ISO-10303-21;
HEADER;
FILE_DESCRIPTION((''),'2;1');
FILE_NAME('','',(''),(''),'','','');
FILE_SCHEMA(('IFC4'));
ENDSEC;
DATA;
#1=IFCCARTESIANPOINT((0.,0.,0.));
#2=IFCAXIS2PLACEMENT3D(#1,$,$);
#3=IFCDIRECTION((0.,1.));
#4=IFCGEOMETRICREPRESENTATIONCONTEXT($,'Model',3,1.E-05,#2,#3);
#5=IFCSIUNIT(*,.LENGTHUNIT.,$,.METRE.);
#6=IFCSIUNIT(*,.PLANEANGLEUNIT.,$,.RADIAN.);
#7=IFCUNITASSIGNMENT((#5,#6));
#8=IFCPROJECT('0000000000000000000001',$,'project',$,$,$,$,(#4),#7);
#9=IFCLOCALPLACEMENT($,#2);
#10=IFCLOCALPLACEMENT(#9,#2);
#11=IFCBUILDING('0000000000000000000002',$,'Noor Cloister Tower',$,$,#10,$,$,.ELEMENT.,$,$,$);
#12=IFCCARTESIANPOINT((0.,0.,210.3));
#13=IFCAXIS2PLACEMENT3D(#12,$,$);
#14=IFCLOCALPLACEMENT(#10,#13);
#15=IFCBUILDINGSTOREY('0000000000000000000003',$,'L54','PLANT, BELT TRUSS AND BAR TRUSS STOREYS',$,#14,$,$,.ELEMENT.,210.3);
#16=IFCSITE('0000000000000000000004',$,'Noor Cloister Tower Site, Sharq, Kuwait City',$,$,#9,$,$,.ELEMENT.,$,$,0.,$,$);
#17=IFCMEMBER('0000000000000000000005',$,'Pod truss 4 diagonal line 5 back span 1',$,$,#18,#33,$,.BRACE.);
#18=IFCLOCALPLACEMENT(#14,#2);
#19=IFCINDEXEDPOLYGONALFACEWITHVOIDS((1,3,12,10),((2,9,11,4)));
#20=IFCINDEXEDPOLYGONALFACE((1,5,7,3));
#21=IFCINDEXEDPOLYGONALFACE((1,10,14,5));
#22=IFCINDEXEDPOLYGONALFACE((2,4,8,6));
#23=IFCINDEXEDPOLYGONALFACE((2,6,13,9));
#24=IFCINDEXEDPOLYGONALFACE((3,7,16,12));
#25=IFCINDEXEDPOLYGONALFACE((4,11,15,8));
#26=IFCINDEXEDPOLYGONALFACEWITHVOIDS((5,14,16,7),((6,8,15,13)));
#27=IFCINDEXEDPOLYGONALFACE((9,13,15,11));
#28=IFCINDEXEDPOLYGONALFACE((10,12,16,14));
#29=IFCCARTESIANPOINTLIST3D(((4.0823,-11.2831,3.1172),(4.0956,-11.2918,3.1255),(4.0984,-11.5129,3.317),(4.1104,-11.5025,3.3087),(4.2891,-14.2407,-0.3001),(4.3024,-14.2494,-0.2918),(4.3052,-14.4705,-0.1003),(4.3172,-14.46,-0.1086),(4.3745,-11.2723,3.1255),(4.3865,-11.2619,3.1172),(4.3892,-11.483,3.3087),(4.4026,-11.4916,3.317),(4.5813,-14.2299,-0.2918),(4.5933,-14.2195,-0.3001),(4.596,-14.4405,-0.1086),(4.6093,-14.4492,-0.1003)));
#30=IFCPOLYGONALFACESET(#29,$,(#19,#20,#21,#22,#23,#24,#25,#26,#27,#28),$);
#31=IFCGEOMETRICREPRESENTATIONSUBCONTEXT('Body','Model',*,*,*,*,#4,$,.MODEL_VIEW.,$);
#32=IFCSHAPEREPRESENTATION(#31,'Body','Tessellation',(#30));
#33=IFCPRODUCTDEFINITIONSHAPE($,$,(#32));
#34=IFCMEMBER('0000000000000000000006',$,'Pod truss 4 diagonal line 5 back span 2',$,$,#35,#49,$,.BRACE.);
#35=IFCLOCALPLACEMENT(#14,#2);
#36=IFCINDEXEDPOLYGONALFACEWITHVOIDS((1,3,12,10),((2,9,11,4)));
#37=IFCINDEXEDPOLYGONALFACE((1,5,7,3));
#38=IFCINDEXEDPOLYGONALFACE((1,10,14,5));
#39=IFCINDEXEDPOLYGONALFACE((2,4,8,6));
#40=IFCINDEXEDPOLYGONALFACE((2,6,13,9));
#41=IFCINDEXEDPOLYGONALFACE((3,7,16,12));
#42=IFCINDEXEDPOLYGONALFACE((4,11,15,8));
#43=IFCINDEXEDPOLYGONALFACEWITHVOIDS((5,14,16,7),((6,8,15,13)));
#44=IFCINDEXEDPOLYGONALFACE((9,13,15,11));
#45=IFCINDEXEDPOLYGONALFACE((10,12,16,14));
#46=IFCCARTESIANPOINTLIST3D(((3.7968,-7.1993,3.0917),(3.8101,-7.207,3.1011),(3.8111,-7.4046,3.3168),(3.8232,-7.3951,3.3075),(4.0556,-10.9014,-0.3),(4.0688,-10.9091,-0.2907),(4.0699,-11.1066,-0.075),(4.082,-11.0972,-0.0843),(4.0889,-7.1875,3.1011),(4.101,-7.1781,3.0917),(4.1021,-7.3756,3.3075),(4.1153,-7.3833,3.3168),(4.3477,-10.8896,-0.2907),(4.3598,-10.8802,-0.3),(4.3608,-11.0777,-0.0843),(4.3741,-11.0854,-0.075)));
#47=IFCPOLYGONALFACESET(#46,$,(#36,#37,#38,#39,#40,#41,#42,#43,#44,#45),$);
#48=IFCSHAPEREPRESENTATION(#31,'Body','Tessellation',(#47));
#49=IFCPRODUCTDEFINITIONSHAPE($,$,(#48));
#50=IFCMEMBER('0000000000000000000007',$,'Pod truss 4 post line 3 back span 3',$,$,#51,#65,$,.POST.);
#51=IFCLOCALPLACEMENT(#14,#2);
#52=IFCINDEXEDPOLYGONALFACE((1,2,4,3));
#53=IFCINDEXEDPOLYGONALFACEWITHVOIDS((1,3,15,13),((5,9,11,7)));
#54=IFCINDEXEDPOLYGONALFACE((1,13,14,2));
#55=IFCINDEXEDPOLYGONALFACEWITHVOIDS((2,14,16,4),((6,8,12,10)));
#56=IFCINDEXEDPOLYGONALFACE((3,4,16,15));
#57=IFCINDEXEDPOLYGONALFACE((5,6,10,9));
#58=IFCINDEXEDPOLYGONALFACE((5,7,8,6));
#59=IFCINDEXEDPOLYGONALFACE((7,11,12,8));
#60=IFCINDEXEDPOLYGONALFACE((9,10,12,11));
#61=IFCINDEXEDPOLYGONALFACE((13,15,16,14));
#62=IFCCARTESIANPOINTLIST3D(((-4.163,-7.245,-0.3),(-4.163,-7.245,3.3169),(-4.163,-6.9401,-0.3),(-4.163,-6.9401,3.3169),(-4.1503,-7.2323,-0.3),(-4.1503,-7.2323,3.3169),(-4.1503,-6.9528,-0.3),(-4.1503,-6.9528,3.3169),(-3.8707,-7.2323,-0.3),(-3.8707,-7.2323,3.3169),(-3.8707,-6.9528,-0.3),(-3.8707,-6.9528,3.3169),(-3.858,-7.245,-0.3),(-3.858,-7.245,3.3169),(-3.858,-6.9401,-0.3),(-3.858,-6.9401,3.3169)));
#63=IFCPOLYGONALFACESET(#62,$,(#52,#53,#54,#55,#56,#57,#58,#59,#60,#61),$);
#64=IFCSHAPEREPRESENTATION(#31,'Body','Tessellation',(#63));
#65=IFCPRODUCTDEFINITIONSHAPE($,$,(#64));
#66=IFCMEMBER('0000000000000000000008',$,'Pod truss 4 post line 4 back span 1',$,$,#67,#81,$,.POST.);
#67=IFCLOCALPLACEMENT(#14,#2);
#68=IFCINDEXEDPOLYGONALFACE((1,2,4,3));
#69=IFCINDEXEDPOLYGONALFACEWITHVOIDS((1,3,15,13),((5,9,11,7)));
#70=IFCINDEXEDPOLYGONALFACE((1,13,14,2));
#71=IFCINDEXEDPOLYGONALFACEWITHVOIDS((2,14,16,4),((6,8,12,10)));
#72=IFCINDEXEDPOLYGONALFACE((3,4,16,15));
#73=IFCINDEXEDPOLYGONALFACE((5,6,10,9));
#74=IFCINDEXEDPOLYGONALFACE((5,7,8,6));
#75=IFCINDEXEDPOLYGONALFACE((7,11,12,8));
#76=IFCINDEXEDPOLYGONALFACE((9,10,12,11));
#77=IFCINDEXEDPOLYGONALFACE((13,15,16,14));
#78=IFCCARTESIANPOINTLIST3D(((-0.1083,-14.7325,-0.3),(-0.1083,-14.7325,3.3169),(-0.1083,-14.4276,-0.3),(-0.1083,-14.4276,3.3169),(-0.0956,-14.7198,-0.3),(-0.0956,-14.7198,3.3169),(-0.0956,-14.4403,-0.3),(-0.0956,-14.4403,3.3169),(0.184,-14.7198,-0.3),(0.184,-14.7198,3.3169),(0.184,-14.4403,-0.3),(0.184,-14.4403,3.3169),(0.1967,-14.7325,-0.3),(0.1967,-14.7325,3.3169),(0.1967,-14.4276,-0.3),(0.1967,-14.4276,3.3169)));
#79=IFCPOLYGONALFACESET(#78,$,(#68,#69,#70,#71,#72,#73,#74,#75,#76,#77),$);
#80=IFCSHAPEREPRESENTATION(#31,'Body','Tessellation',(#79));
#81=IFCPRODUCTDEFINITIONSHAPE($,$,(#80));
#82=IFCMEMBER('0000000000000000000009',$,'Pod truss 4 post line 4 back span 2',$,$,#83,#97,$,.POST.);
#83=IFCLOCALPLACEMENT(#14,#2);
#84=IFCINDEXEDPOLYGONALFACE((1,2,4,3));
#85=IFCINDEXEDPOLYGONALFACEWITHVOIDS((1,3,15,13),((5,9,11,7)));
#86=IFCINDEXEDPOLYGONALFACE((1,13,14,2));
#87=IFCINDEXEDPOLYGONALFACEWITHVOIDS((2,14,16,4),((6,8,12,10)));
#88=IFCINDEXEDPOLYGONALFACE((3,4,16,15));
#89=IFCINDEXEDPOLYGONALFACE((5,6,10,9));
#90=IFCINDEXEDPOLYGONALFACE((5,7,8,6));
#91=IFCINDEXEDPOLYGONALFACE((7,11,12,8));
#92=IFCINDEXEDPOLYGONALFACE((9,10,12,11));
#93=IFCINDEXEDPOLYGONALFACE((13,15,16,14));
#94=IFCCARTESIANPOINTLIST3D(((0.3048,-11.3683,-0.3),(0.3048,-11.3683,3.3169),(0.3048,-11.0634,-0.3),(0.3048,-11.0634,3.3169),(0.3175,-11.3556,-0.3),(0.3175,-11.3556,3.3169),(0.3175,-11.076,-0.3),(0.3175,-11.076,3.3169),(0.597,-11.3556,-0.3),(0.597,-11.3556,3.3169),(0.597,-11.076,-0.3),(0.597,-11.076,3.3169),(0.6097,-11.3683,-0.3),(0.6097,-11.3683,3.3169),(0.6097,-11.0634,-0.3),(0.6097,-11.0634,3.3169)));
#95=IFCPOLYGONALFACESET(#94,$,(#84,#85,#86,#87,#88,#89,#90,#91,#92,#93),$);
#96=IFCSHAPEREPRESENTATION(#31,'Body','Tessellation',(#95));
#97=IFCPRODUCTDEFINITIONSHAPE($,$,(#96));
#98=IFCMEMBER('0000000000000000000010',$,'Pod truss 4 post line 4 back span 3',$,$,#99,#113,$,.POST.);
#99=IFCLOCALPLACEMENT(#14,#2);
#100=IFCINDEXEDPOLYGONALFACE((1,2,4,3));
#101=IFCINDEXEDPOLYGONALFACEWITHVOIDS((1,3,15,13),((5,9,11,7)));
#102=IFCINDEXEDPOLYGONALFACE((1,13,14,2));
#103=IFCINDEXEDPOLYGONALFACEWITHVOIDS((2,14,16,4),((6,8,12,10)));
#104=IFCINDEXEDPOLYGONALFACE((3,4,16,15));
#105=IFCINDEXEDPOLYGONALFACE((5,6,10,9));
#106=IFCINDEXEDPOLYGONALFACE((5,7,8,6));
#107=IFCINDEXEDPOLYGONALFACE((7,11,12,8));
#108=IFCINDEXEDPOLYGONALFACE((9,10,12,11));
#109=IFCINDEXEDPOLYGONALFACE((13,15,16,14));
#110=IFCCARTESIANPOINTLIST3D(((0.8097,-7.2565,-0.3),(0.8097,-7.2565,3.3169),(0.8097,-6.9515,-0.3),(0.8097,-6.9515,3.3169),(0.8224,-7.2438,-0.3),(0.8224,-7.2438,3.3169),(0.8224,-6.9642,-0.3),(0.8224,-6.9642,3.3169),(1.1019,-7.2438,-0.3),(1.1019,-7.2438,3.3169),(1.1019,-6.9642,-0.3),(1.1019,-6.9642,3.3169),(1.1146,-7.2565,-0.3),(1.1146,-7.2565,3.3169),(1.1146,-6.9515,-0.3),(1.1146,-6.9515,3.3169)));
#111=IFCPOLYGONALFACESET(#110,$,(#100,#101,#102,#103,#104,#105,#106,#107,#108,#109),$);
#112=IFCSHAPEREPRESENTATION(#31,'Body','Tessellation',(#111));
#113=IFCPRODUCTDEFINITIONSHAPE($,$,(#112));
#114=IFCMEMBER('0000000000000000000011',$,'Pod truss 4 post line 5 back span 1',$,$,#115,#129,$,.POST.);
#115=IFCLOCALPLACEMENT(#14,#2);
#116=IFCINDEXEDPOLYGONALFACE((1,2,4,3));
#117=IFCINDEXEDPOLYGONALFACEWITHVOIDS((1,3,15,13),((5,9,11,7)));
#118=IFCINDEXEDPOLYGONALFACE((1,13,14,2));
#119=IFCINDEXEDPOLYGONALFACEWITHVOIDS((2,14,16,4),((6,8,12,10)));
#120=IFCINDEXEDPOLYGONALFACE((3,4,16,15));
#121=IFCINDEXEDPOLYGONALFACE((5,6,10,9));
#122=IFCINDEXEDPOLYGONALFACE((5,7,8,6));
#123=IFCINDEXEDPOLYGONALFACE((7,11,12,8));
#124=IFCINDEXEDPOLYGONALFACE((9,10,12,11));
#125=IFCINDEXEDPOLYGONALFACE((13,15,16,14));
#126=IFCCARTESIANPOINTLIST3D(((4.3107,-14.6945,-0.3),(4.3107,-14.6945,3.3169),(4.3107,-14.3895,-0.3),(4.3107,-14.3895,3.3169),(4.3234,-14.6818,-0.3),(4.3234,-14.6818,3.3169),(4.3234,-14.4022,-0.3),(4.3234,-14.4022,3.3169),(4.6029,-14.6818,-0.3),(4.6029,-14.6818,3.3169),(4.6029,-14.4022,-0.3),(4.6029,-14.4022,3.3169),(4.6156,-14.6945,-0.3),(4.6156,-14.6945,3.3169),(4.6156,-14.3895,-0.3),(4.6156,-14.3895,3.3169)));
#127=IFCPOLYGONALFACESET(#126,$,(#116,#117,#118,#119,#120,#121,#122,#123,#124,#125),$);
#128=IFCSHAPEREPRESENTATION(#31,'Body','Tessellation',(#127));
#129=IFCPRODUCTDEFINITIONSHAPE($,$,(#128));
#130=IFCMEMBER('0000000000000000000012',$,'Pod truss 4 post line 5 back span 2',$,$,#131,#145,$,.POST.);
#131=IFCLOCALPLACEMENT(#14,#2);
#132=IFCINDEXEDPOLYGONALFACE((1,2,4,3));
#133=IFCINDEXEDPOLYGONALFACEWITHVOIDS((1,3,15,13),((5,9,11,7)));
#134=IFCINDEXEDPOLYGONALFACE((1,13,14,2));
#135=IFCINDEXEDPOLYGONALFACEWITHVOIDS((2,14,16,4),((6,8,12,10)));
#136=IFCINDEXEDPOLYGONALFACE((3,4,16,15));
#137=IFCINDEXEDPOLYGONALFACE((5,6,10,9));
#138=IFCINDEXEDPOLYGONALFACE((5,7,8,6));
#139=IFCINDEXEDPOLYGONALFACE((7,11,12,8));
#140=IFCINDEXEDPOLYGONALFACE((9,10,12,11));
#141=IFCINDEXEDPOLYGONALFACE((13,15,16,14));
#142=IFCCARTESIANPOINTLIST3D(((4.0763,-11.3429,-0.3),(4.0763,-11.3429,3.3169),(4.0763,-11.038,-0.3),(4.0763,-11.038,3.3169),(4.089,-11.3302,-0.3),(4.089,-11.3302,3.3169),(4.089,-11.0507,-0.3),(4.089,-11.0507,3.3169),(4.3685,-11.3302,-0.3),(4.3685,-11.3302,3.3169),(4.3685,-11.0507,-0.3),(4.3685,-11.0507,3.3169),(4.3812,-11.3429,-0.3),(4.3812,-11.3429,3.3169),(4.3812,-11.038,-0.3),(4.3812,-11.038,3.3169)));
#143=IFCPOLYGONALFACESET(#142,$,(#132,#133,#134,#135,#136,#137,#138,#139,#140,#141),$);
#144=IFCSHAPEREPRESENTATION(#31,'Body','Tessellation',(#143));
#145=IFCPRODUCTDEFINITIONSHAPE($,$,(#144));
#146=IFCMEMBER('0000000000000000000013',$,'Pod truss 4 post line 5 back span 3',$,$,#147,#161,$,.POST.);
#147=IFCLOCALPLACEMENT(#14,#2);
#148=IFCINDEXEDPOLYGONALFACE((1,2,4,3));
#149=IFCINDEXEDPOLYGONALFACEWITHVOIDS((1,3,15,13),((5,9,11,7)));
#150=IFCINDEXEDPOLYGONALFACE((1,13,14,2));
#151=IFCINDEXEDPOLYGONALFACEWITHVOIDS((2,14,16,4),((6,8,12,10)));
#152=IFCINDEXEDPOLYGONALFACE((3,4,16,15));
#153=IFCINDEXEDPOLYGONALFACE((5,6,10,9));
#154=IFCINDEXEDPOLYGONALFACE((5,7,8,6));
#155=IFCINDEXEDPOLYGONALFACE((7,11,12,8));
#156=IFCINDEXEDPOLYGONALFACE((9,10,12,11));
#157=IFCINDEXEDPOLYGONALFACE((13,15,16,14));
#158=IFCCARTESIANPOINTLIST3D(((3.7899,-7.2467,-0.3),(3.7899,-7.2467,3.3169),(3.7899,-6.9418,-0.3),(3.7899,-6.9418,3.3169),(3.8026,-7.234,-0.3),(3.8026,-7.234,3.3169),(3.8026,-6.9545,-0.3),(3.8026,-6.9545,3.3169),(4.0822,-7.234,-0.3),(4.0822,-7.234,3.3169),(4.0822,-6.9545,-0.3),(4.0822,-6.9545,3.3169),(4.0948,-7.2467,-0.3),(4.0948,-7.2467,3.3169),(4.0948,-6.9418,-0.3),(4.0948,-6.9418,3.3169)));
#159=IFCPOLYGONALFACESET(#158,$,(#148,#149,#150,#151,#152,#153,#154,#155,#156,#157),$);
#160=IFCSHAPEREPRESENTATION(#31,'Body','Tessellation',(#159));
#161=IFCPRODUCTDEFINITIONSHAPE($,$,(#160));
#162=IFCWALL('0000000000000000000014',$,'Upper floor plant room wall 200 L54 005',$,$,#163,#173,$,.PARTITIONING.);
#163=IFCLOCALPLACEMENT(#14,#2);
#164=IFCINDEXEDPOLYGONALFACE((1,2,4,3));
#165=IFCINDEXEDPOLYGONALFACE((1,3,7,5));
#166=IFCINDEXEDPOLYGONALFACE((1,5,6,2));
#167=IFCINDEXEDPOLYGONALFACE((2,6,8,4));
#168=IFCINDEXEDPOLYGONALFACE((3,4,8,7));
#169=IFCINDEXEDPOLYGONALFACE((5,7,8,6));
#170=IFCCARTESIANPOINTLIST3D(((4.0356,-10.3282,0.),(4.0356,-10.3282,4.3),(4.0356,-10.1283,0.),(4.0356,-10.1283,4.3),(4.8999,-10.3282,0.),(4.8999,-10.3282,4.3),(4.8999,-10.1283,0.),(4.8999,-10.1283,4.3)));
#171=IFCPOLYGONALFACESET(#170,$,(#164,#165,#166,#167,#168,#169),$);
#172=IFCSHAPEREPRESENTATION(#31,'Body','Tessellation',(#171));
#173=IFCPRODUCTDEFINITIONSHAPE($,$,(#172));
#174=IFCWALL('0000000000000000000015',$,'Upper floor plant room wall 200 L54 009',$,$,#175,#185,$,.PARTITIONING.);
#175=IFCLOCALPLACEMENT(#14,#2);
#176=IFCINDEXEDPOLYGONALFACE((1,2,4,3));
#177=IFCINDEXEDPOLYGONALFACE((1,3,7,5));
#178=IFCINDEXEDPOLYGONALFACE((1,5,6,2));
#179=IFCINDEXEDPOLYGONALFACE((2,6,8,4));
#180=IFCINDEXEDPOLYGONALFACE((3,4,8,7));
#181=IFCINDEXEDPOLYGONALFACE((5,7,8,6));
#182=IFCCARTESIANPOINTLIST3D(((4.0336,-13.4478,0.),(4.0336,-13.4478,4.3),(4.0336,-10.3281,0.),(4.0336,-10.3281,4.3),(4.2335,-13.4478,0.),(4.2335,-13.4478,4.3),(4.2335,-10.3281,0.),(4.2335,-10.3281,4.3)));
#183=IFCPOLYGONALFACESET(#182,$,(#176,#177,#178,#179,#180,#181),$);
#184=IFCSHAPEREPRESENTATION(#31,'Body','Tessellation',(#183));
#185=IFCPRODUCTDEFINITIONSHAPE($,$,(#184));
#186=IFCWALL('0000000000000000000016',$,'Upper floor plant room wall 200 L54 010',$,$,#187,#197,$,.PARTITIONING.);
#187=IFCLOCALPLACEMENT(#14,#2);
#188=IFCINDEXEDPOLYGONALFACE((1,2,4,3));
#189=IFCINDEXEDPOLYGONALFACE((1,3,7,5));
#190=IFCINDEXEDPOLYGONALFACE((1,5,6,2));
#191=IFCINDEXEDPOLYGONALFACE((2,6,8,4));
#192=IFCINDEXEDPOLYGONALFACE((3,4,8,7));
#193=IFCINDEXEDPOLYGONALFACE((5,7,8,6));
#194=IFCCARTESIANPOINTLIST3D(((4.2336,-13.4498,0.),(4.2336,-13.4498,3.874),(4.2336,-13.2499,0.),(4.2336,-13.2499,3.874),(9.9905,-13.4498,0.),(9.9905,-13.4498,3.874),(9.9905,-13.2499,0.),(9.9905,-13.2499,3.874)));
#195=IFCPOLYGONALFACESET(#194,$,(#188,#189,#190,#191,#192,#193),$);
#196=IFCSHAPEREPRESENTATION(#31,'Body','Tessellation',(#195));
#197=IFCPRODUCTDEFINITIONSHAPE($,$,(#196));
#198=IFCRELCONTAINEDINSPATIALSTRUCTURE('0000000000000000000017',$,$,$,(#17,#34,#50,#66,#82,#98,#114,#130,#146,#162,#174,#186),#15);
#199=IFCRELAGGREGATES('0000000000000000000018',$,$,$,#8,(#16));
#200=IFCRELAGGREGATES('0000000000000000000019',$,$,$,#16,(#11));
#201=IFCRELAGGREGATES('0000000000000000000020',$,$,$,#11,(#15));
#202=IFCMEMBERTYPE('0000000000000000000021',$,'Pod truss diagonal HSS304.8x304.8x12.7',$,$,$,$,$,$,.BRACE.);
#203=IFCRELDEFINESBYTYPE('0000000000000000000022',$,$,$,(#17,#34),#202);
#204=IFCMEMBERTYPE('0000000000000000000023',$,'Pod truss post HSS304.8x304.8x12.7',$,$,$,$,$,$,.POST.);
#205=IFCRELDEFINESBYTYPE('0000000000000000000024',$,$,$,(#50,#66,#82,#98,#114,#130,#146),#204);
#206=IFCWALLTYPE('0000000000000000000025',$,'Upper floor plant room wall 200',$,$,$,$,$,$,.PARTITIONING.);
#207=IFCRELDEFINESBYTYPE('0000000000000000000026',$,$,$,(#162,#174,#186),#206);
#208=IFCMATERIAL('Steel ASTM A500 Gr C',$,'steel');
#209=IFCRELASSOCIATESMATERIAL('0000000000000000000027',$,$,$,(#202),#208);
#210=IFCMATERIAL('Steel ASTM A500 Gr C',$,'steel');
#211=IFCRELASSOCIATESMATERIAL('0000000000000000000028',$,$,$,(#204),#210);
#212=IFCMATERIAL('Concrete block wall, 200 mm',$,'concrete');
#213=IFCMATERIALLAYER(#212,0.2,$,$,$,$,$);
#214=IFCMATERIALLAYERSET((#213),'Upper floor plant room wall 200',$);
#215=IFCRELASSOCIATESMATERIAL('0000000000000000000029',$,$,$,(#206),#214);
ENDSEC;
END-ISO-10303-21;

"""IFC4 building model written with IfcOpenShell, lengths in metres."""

from ifc_helpers import new_model, si_unit, direction, frame, frame_2d, origin, origin_2d, place, context, subcontext, project, spatial, rectangle, hollow_rectangle, extrude, material, layer, layer_set, material_profile, profile_set, type_object, element, save


model = new_model("IFC4")

# Units and contexts
model_context = context("Model", 3, precision=1e-05, world=origin(), true_north=direction((0.0, 1.0)))
body_context = subcontext(model_context, "Body", "Model", "MODEL_VIEW")
ifc_project = project(units=[si_unit("LENGTHUNIT", "METRE"), si_unit("PLANEANGLEUNIT", "RADIAN")], contexts=[model_context])

# Site, building, storey
site_placement = place(None, origin())
site = spatial("IfcSite", under=ifc_project, at=site_placement, Name="Noor Cloister Tower Site, Sharq, Kuwait City", CompositionType="ELEMENT", RefElevation=0.0)
building_placement = place(site_placement, origin())
building = spatial("IfcBuilding", under=site, at=building_placement, Name="Noor Cloister Tower", CompositionType="ELEMENT")
storey_placement = place(building_placement, frame((0.0, 0.0, 210.3)))
storey = spatial("IfcBuildingStorey", under=building, at=storey_placement, Name="L54", Description="PLANT, BELT TRUSS AND BAR TRUSS STOREYS", CompositionType="ELEMENT", Elevation=210.3)

# Members
ifc_material_1 = material(Name="Steel ASTM A500 Gr C", Category="steel")
ifc_material_profile_1 = material_profile(ifc_material_1, hollow_rectangle(XDim=0.3049, YDim=0.3049, WallThickness=0.0127, at=origin_2d()), Name="HSS304.8x304.8x12.7")
ifc_profile_set_1 = profile_set([ifc_material_profile_1], Name="Steel ASTM A500 Gr C")
member_type_1 = type_object("IfcMemberType", Name="Pod truss diagonal HSS304.8x304.8x12.7", PredefinedType="BRACE", material=ifc_profile_set_1)
member_1_placement = place(storey_placement, frame((4.4492, -14.345, -0.2002), z_axis=(-0.045708, 0.65373, 0.755346), x_axis=(-0.997565, -0.069749, 0.0)))
element("IfcMember", 1, at=member_1_placement, inside=storey, type_object=member_type_1, Name="Pod truss 4 diagonal line 5 back span 1", PredefinedType="BRACE", context=body_context, shape_type="SweptSolid", body=[
    extrude(hollow_rectangle(XDim=0.3049, YDim=0.3049, WallThickness=0.0127, at=origin_2d()), origin(), (0.0, 0.0, 1.0), 4.5242),
])
member_2_placement = place(storey_placement, frame((4.2148, -10.9934, -0.1875), z_axis=(-0.051473, 0.736354, 0.674635), x_axis=(-0.997566, -0.069732, 0.0)))
element("IfcMember", 2, at=member_2_placement, inside=storey, type_object=member_type_1, Name="Pod truss 4 diagonal line 5 back span 2", PredefinedType="BRACE", context=body_context, shape_type="SweptSolid", body=[
    extrude(hollow_rectangle(XDim=0.3049, YDim=0.3049, WallThickness=0.0127, at=origin_2d()), origin(), (0.0, 0.0, 1.0), 5.0276),
])
ifc_material_2 = material(Name="Steel ASTM A500 Gr C", Category="steel")
ifc_material_profile_2 = material_profile(ifc_material_2, hollow_rectangle(XDim=0.3049, YDim=0.3049, WallThickness=0.0127, at=origin_2d()), Name="HSS304.8x304.8x12.7")
ifc_profile_set_2 = profile_set([ifc_material_profile_2], Name="Steel ASTM A500 Gr C")
member_type_2 = type_object("IfcMemberType", Name="Pod truss post HSS304.8x304.8x12.7", PredefinedType="POST", material=ifc_profile_set_2)
for number, where, z_axis, x_axis, name in (
    (3, (-4.0105, -7.0925, -0.3), (0.0, 0.0, 1.0), (1.0, 0.0, 0.0), "Pod truss 4 post line 3 back span 3"),
    (4, (0.0442, -14.5801, -0.3), (0.0, 0.0, 1.0), (1.0, 0.0, 0.0), "Pod truss 4 post line 4 back span 1"),
    (5, (0.4573, -11.2158, -0.3), (0.0, 0.0, 1.0), (1.0, 0.0, 0.0), "Pod truss 4 post line 4 back span 2"),
    (6, (0.9622, -7.104, -0.3), (0.0, 0.0, 1.0), (1.0, 0.0, 0.0), "Pod truss 4 post line 4 back span 3"),
    (7, (4.4631, -14.542, -0.3), (0.0, 0.0, 1.0), (1.0, 0.0, 0.0), "Pod truss 4 post line 5 back span 1"),
    (8, (4.2288, -11.1904, -0.3), (0.0, 0.0, 1.0), (1.0, 0.0, 0.0), "Pod truss 4 post line 5 back span 2"),
    (9, (3.9424, -7.0942, -0.3), (0.0, 0.0, 1.0), (1.0, 0.0, 0.0), "Pod truss 4 post line 5 back span 3"),
):
    element("IfcMember", number, at=place(storey_placement, frame(where, z_axis=z_axis, x_axis=x_axis)), inside=storey, type_object=member_type_2, Name=name, PredefinedType="POST", context=body_context, shape_type="SweptSolid", body=[
        extrude(hollow_rectangle(XDim=0.3049, YDim=0.3049, WallThickness=0.0127, at=origin_2d()), origin(), (0.0, 0.0, 1.0), 3.6169),
    ])

# Walls
ifc_material_3 = material(Name="Concrete block wall, 200 mm", Category="concrete")
ifc_layer = layer(ifc_material_3, 0.2)
ifc_layer_set = layer_set([ifc_layer], Name="Upper floor plant room wall 200")
wall_type = type_object("IfcWallType", Name="Upper floor plant room wall 200", PredefinedType="PARTITIONING", material=ifc_layer_set)
wall_1_placement = place(storey_placement, frame((4.0356, -10.2283, 0.0), z_axis=(0.0, 0.0, 1.0), x_axis=(1.0, 0.0, 0.0)))
element("IfcWall", 10, at=wall_1_placement, inside=storey, type_object=wall_type, Name="Upper floor plant room wall 200 L54 005", PredefinedType="PARTITIONING", context=body_context, shape_type="SweptSolid", body=[
    extrude(rectangle(XDim=0.8643, YDim=0.2, at=frame_2d((0.4321, 0.0))), origin(), (0.0, 0.0, 1.0), 4.3),
])
wall_2_placement = place(storey_placement, frame((4.1335, -10.3281, 0.0), z_axis=(0.0, 0.0, 1.0), x_axis=(0.0, -1.0, 0.0)))
element("IfcWall", 11, at=wall_2_placement, inside=storey, type_object=wall_type, Name="Upper floor plant room wall 200 L54 009", PredefinedType="PARTITIONING", context=body_context, shape_type="SweptSolid", body=[
    extrude(rectangle(XDim=3.1196, YDim=0.2, at=frame_2d((1.5598, 0.0))), origin(), (0.0, 0.0, 1.0), 4.3),
])
wall_3_placement = place(storey_placement, frame((4.2336, -13.3499, 0.0), z_axis=(0.0, 0.0, 1.0), x_axis=(1.0, 0.0, 0.0)))
element("IfcWall", 12, at=wall_3_placement, inside=storey, type_object=wall_type, Name="Upper floor plant room wall 200 L54 010", PredefinedType="PARTITIONING", context=body_context, shape_type="SweptSolid", body=[
    extrude(rectangle(XDim=5.7568, YDim=0.2, at=frame_2d((2.8784, 0.0))), origin(), (0.0, 0.0, 1.0), 3.874),
])

save(model, "model.ifc")
